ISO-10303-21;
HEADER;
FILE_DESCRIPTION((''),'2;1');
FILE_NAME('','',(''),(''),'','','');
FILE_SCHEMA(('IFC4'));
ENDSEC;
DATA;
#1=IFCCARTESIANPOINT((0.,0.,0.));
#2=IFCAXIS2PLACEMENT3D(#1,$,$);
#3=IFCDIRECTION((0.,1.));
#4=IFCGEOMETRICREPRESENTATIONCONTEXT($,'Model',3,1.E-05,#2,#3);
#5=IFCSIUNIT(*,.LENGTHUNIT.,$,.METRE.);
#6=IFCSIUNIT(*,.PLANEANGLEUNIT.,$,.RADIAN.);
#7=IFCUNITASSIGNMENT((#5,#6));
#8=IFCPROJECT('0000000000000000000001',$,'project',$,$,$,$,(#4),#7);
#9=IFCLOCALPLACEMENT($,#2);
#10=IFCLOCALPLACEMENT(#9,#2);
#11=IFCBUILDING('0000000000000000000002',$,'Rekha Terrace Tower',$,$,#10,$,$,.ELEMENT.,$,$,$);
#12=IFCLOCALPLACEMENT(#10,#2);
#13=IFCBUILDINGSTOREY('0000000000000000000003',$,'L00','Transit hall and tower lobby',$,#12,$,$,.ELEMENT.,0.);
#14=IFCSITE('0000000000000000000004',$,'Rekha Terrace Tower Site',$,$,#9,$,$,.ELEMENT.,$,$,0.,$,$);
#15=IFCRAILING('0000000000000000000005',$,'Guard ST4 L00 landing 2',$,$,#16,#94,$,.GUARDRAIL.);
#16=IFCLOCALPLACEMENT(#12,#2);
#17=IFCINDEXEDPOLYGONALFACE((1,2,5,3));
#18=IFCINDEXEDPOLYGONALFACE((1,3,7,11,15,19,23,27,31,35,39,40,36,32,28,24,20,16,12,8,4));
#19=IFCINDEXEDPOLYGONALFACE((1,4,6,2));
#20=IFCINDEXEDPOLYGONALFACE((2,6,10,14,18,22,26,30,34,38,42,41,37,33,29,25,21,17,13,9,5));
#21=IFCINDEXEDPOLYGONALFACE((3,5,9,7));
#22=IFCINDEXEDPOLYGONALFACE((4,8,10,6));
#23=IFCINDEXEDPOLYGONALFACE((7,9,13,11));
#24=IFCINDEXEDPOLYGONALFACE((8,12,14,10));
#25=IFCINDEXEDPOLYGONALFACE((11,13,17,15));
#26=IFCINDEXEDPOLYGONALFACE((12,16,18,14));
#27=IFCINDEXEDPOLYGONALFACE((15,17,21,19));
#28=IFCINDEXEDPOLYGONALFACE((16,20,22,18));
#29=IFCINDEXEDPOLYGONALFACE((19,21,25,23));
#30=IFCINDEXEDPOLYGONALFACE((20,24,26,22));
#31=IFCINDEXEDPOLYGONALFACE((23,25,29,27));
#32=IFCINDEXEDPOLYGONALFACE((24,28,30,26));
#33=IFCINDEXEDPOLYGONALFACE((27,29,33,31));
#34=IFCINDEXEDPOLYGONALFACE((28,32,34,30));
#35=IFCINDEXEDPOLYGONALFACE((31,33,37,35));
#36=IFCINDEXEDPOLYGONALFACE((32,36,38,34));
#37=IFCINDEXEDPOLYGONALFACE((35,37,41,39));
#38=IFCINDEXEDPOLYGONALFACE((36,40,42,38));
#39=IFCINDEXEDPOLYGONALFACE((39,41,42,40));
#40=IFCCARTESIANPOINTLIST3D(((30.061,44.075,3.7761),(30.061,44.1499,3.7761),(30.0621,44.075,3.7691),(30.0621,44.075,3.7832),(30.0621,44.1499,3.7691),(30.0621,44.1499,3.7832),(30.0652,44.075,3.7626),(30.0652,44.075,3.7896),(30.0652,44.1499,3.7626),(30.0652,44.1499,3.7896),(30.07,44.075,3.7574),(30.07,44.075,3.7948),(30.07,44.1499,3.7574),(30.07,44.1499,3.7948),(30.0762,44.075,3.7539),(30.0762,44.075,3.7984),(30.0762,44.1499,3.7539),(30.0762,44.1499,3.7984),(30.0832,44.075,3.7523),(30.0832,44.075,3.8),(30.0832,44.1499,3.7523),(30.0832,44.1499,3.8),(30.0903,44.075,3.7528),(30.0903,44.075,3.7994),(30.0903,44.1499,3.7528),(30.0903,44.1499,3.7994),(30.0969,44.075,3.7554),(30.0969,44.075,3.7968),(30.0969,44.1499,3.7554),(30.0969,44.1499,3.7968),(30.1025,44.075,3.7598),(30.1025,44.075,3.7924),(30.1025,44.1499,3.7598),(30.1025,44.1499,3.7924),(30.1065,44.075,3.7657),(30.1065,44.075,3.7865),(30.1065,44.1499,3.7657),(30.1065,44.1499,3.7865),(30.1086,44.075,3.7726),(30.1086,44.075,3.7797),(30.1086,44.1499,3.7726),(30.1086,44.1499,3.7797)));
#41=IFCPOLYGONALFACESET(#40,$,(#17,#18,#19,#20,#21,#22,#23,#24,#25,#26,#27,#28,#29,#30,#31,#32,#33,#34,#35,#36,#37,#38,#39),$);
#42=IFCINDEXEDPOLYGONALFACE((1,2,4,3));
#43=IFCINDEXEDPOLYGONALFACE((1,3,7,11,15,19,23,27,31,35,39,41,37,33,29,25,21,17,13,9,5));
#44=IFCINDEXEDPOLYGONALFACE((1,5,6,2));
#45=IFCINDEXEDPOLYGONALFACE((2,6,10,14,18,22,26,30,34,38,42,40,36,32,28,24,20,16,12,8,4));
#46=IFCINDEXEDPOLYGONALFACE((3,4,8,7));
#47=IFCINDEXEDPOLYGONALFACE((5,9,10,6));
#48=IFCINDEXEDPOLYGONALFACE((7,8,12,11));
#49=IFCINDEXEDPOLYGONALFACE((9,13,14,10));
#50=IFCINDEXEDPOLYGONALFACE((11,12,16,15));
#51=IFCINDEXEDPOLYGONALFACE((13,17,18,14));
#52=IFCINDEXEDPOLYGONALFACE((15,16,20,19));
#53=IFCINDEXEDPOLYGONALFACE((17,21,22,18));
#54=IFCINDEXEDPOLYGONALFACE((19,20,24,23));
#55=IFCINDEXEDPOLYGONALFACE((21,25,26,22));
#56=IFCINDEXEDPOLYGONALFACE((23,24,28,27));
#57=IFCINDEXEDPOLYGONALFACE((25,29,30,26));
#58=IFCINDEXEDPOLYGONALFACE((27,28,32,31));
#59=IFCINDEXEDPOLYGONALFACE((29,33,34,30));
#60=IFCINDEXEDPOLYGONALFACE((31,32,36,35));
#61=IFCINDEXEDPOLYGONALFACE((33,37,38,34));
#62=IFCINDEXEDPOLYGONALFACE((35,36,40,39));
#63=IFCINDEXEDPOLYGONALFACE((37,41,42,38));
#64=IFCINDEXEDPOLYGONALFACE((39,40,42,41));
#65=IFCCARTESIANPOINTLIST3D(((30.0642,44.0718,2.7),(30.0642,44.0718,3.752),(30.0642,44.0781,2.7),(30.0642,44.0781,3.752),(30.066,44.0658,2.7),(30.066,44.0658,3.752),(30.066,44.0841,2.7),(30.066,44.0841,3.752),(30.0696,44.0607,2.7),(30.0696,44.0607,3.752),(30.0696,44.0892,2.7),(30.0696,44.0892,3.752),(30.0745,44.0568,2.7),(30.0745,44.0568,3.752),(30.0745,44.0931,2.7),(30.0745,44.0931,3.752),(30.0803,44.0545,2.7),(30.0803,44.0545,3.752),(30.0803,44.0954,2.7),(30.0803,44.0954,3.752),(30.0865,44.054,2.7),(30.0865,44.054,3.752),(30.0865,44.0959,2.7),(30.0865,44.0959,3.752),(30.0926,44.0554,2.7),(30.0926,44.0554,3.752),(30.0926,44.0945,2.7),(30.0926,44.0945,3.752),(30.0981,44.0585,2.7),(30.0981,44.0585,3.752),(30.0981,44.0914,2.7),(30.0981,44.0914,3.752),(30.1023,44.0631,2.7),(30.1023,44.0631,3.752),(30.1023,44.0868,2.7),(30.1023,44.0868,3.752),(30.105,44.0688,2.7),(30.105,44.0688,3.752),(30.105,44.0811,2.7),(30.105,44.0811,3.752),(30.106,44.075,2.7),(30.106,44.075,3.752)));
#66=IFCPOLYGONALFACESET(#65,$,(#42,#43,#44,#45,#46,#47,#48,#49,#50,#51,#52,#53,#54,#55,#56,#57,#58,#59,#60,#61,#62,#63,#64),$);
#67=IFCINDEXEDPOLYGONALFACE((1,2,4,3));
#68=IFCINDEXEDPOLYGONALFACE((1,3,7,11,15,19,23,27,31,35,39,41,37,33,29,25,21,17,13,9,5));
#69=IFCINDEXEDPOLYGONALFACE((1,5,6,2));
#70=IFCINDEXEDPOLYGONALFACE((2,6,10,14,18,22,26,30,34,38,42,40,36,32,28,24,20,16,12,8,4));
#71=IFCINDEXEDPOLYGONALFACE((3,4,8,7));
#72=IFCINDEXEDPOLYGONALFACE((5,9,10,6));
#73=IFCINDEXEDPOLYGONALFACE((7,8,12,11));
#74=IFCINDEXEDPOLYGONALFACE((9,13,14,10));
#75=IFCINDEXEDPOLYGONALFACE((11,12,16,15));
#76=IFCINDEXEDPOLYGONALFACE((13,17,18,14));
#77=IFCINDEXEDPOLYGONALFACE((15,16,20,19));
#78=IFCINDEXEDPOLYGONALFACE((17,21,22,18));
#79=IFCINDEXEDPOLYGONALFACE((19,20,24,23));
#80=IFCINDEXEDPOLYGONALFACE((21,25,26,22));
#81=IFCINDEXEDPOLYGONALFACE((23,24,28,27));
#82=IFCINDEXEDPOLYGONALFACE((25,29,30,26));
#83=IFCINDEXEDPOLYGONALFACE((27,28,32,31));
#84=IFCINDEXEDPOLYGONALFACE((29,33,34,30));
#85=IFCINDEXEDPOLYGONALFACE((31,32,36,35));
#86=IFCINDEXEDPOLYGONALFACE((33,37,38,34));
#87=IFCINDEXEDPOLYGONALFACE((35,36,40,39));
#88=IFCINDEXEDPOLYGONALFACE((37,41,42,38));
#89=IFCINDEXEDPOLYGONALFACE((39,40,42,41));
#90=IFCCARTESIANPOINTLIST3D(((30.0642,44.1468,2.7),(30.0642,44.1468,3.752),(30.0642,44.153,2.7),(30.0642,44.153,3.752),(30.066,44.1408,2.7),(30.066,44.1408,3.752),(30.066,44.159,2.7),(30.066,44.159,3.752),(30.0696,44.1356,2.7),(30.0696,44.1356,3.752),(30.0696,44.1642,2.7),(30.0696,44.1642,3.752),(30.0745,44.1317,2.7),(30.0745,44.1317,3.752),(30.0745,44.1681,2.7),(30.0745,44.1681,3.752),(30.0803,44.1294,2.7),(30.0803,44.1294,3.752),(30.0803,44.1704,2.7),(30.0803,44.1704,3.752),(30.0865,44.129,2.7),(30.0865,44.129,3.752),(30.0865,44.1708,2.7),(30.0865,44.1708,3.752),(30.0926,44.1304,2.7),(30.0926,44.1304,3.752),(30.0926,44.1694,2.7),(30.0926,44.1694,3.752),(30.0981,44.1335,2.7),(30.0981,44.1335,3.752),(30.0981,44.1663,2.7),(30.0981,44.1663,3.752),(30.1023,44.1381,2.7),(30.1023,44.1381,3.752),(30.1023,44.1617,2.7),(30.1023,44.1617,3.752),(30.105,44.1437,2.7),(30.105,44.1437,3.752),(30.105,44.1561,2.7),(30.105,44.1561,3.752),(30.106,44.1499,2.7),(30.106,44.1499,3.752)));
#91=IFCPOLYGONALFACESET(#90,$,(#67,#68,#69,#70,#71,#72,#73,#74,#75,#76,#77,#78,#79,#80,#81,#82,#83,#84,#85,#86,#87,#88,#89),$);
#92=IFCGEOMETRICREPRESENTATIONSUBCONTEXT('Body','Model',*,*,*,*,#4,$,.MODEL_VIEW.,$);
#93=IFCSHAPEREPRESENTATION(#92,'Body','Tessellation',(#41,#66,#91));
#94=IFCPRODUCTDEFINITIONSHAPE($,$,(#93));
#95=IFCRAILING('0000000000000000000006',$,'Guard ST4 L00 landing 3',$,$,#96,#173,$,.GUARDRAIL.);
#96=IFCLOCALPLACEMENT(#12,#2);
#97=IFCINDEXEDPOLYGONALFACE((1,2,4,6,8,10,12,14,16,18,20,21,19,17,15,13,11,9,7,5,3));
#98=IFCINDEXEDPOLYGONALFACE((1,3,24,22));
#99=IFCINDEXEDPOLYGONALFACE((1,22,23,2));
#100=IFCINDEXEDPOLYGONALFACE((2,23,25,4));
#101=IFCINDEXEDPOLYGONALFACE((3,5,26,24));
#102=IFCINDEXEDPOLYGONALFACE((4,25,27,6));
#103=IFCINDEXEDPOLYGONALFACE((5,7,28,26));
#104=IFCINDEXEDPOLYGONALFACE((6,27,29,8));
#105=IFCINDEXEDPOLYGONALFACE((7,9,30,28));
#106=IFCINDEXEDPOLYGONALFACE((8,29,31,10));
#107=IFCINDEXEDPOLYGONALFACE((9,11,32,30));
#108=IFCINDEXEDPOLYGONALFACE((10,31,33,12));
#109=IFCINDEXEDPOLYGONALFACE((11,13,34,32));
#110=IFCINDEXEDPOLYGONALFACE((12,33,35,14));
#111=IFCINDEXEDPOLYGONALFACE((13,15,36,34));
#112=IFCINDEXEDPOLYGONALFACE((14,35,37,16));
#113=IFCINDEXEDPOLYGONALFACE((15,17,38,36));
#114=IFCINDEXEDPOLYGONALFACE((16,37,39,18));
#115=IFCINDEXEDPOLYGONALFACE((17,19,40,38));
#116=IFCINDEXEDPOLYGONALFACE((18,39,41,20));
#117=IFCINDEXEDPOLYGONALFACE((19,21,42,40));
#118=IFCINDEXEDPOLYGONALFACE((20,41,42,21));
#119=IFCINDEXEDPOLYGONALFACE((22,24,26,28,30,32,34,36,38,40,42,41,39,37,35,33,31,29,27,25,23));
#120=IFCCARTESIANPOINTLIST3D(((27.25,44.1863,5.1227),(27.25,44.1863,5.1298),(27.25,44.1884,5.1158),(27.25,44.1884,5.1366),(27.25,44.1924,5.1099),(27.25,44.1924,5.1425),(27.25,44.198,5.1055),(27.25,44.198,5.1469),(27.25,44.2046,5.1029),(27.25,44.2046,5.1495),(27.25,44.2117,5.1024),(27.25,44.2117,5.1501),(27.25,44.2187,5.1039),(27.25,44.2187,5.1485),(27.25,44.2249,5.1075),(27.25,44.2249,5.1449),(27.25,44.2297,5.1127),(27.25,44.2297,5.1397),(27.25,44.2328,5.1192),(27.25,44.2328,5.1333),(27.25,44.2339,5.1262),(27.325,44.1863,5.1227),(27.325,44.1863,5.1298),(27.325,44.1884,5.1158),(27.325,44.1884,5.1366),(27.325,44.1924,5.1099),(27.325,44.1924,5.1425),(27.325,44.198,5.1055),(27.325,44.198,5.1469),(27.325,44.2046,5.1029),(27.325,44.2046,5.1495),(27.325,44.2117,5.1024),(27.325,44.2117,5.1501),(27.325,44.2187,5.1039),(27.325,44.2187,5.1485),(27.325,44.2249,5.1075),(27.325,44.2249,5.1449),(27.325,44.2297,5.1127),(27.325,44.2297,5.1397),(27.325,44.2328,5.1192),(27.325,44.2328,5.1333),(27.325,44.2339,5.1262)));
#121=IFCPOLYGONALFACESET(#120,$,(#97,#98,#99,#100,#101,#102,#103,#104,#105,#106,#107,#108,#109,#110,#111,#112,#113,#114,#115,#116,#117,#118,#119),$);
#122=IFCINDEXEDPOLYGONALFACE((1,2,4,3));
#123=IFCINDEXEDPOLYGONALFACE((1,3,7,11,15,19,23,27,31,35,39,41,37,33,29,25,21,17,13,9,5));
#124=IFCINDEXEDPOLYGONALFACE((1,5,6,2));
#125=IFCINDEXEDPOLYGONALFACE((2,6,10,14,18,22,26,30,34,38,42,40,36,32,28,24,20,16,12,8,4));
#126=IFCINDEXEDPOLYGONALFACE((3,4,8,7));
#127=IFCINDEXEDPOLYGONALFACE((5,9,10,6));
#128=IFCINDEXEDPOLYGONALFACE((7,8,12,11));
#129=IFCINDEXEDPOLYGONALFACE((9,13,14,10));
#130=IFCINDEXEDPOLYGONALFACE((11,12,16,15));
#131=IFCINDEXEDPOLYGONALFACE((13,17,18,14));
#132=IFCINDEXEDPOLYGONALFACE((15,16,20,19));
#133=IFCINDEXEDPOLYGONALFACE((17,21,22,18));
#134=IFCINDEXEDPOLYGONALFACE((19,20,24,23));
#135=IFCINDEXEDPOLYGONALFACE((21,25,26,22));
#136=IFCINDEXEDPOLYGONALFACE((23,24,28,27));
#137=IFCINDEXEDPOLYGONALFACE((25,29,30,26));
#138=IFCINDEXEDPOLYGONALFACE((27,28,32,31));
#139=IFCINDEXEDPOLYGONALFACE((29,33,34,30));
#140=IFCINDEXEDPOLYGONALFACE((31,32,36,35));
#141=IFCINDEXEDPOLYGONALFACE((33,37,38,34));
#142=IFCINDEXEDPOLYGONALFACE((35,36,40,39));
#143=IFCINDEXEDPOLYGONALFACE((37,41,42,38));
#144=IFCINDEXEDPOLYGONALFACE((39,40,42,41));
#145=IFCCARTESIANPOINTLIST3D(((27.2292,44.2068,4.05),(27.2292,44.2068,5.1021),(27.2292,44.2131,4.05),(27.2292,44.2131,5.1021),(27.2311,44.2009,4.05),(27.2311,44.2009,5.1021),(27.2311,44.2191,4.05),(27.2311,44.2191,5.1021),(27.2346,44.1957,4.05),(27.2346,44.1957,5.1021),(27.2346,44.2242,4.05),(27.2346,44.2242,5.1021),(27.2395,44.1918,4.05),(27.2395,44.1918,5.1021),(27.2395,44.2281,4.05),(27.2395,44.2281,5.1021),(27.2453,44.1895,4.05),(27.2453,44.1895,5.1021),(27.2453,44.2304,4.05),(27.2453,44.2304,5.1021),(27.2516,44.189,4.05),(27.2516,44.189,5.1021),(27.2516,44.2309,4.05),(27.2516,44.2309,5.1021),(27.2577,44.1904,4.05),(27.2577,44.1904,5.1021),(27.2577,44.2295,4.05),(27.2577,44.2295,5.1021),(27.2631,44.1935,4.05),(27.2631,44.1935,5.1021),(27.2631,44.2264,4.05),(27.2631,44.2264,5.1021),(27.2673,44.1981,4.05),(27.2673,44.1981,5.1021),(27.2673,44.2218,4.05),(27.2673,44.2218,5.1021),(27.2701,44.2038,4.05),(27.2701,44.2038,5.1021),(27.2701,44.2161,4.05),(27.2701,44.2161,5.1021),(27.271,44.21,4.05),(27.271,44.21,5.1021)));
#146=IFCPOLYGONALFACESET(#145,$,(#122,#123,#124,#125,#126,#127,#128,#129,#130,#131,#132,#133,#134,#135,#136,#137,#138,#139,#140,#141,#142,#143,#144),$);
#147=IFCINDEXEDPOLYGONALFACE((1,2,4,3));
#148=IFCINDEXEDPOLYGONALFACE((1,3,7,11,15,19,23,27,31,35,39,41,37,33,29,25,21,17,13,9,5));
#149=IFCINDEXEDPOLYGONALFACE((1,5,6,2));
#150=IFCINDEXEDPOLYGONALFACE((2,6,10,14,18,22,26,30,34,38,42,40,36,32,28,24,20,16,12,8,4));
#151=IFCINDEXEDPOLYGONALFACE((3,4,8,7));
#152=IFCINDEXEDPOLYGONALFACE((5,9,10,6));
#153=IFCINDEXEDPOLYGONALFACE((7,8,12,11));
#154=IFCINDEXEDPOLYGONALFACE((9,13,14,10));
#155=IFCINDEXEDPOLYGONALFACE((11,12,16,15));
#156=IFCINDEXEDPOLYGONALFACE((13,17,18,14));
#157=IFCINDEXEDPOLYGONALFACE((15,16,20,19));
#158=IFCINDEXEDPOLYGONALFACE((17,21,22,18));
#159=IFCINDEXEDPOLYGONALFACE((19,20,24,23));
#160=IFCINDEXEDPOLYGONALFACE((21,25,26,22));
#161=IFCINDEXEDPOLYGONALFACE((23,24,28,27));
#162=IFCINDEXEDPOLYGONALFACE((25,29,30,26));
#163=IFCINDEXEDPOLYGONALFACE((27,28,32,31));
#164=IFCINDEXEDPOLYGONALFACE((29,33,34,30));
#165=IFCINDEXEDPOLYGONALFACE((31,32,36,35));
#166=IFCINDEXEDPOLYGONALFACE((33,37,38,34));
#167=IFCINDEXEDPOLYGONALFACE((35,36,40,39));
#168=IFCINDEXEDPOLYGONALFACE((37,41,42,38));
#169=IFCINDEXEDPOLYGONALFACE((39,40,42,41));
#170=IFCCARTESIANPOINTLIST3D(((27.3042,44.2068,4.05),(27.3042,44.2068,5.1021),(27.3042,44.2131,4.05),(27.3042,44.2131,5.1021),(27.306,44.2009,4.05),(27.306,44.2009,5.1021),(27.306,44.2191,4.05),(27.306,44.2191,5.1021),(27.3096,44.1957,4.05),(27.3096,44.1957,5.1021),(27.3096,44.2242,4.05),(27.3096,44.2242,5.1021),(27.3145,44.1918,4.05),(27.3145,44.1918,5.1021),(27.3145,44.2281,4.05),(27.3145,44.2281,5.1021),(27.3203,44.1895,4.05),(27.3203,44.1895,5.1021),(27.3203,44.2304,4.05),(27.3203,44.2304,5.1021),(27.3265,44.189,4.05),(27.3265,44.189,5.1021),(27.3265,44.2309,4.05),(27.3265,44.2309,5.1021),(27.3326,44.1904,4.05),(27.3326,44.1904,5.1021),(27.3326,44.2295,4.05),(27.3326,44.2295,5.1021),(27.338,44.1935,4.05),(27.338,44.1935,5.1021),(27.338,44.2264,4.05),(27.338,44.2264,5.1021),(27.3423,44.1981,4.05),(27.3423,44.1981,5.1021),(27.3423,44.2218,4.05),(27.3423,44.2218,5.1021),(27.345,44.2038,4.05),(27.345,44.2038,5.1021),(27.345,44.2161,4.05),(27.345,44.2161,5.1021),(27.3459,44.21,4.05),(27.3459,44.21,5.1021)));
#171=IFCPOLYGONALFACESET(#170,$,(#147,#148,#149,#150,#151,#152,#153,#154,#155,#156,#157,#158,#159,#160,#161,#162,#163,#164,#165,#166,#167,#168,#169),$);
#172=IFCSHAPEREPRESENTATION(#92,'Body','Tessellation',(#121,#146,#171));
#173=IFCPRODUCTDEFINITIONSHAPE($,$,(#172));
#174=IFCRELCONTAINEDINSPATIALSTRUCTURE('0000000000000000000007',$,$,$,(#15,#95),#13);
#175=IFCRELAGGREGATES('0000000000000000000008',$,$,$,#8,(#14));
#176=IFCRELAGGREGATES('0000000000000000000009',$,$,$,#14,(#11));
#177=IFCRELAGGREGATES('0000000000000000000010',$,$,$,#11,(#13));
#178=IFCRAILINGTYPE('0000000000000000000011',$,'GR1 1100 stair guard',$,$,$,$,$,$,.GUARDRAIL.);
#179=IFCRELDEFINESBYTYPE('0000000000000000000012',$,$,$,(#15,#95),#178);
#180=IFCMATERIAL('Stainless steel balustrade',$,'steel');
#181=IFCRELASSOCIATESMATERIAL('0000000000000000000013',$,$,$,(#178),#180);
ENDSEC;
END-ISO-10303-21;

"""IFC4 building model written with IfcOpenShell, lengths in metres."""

from ifc_helpers import new_model, si_unit, direction, frame, origin, origin_2d, place, context, subcontext, project, spatial, circle, extrude, material, type_object, element, save


model = new_model("IFC4")

# Units and contexts
model_context = context("Model", 3, precision=1e-05, world=origin(), true_north=direction((0.0, 1.0)))
body_context = subcontext(model_context, "Body", "Model", "MODEL_VIEW")
ifc_project = project(units=[si_unit("LENGTHUNIT", "METRE"), si_unit("PLANEANGLEUNIT", "RADIAN")], contexts=[model_context])

# Site, building, storey
site_placement = place(None, origin())
site = spatial("IfcSite", under=ifc_project, at=site_placement, Name="Rekha Terrace Tower Site", CompositionType="ELEMENT", RefElevation=0.0)
building_placement = place(site_placement, origin())
building = spatial("IfcBuilding", under=site, at=building_placement, Name="Rekha Terrace Tower", CompositionType="ELEMENT")
storey_placement = place(building_placement, origin())
storey = spatial("IfcBuildingStorey", under=building, at=storey_placement, Name="L00", Description="Transit hall and tower lobby", CompositionType="ELEMENT", Elevation=0.0)

# Railings
ifc_material_1 = material(Name="Stainless steel balustrade", Category="steel")
railing_type_1 = type_object("IfcRailingType", Name="GR1 1100 stair guard", PredefinedType="GUARDRAIL", material=ifc_material_1)
railing_1_placement = place(storey_placement, frame((30.085, 44.075, 2.7)))
element("IfcRailing", 1, at=railing_1_placement, inside=storey, type_object=railing_type_1, Name="Guard ST4 L00 landing 2", PredefinedType="GUARDRAIL", context=body_context, shape_type="SweptSolid", body=[
    extrude(circle(Radius=0.0239, at=origin_2d()), frame((0.0, 0.0, 1.0762), z_axis=(0.0, 1.0, 0.0), x_axis=(-1.0, 0.0, 0.0)), (0.0, 0.0, 1.0), 0.075),
    extrude(circle(Radius=0.021, at=origin_2d()), origin(), (0.0, 0.0, 1.0), 1.052),
    extrude(circle(Radius=0.021, at=origin_2d()), frame((0.0, 0.075, 0.0)), (0.0, 0.0, 1.0), 1.052),
])
railing_2_placement = place(storey_placement, frame((27.25, 44.21, 4.05)))
element("IfcRailing", 2, at=railing_2_placement, inside=storey, type_object=railing_type_1, Name="Guard ST4 L00 landing 3", PredefinedType="GUARDRAIL", context=body_context, shape_type="SweptSolid", body=[
    extrude(circle(Radius=0.0239, at=origin_2d()), frame((0.0, 0.0, 1.0762), z_axis=(1.0, 0.0, 0.0), x_axis=(0.0, 1.0, 0.0)), (0.0, 0.0, 1.0), 0.075),
    extrude(circle(Radius=0.021, at=origin_2d()), origin(), (0.0, 0.0, 1.0), 1.052),
    extrude(circle(Radius=0.021, at=origin_2d()), frame((0.075, 0.0, 0.0)), (0.0, 0.0, 1.0), 1.052),
])

save(model, "model.ifc")
